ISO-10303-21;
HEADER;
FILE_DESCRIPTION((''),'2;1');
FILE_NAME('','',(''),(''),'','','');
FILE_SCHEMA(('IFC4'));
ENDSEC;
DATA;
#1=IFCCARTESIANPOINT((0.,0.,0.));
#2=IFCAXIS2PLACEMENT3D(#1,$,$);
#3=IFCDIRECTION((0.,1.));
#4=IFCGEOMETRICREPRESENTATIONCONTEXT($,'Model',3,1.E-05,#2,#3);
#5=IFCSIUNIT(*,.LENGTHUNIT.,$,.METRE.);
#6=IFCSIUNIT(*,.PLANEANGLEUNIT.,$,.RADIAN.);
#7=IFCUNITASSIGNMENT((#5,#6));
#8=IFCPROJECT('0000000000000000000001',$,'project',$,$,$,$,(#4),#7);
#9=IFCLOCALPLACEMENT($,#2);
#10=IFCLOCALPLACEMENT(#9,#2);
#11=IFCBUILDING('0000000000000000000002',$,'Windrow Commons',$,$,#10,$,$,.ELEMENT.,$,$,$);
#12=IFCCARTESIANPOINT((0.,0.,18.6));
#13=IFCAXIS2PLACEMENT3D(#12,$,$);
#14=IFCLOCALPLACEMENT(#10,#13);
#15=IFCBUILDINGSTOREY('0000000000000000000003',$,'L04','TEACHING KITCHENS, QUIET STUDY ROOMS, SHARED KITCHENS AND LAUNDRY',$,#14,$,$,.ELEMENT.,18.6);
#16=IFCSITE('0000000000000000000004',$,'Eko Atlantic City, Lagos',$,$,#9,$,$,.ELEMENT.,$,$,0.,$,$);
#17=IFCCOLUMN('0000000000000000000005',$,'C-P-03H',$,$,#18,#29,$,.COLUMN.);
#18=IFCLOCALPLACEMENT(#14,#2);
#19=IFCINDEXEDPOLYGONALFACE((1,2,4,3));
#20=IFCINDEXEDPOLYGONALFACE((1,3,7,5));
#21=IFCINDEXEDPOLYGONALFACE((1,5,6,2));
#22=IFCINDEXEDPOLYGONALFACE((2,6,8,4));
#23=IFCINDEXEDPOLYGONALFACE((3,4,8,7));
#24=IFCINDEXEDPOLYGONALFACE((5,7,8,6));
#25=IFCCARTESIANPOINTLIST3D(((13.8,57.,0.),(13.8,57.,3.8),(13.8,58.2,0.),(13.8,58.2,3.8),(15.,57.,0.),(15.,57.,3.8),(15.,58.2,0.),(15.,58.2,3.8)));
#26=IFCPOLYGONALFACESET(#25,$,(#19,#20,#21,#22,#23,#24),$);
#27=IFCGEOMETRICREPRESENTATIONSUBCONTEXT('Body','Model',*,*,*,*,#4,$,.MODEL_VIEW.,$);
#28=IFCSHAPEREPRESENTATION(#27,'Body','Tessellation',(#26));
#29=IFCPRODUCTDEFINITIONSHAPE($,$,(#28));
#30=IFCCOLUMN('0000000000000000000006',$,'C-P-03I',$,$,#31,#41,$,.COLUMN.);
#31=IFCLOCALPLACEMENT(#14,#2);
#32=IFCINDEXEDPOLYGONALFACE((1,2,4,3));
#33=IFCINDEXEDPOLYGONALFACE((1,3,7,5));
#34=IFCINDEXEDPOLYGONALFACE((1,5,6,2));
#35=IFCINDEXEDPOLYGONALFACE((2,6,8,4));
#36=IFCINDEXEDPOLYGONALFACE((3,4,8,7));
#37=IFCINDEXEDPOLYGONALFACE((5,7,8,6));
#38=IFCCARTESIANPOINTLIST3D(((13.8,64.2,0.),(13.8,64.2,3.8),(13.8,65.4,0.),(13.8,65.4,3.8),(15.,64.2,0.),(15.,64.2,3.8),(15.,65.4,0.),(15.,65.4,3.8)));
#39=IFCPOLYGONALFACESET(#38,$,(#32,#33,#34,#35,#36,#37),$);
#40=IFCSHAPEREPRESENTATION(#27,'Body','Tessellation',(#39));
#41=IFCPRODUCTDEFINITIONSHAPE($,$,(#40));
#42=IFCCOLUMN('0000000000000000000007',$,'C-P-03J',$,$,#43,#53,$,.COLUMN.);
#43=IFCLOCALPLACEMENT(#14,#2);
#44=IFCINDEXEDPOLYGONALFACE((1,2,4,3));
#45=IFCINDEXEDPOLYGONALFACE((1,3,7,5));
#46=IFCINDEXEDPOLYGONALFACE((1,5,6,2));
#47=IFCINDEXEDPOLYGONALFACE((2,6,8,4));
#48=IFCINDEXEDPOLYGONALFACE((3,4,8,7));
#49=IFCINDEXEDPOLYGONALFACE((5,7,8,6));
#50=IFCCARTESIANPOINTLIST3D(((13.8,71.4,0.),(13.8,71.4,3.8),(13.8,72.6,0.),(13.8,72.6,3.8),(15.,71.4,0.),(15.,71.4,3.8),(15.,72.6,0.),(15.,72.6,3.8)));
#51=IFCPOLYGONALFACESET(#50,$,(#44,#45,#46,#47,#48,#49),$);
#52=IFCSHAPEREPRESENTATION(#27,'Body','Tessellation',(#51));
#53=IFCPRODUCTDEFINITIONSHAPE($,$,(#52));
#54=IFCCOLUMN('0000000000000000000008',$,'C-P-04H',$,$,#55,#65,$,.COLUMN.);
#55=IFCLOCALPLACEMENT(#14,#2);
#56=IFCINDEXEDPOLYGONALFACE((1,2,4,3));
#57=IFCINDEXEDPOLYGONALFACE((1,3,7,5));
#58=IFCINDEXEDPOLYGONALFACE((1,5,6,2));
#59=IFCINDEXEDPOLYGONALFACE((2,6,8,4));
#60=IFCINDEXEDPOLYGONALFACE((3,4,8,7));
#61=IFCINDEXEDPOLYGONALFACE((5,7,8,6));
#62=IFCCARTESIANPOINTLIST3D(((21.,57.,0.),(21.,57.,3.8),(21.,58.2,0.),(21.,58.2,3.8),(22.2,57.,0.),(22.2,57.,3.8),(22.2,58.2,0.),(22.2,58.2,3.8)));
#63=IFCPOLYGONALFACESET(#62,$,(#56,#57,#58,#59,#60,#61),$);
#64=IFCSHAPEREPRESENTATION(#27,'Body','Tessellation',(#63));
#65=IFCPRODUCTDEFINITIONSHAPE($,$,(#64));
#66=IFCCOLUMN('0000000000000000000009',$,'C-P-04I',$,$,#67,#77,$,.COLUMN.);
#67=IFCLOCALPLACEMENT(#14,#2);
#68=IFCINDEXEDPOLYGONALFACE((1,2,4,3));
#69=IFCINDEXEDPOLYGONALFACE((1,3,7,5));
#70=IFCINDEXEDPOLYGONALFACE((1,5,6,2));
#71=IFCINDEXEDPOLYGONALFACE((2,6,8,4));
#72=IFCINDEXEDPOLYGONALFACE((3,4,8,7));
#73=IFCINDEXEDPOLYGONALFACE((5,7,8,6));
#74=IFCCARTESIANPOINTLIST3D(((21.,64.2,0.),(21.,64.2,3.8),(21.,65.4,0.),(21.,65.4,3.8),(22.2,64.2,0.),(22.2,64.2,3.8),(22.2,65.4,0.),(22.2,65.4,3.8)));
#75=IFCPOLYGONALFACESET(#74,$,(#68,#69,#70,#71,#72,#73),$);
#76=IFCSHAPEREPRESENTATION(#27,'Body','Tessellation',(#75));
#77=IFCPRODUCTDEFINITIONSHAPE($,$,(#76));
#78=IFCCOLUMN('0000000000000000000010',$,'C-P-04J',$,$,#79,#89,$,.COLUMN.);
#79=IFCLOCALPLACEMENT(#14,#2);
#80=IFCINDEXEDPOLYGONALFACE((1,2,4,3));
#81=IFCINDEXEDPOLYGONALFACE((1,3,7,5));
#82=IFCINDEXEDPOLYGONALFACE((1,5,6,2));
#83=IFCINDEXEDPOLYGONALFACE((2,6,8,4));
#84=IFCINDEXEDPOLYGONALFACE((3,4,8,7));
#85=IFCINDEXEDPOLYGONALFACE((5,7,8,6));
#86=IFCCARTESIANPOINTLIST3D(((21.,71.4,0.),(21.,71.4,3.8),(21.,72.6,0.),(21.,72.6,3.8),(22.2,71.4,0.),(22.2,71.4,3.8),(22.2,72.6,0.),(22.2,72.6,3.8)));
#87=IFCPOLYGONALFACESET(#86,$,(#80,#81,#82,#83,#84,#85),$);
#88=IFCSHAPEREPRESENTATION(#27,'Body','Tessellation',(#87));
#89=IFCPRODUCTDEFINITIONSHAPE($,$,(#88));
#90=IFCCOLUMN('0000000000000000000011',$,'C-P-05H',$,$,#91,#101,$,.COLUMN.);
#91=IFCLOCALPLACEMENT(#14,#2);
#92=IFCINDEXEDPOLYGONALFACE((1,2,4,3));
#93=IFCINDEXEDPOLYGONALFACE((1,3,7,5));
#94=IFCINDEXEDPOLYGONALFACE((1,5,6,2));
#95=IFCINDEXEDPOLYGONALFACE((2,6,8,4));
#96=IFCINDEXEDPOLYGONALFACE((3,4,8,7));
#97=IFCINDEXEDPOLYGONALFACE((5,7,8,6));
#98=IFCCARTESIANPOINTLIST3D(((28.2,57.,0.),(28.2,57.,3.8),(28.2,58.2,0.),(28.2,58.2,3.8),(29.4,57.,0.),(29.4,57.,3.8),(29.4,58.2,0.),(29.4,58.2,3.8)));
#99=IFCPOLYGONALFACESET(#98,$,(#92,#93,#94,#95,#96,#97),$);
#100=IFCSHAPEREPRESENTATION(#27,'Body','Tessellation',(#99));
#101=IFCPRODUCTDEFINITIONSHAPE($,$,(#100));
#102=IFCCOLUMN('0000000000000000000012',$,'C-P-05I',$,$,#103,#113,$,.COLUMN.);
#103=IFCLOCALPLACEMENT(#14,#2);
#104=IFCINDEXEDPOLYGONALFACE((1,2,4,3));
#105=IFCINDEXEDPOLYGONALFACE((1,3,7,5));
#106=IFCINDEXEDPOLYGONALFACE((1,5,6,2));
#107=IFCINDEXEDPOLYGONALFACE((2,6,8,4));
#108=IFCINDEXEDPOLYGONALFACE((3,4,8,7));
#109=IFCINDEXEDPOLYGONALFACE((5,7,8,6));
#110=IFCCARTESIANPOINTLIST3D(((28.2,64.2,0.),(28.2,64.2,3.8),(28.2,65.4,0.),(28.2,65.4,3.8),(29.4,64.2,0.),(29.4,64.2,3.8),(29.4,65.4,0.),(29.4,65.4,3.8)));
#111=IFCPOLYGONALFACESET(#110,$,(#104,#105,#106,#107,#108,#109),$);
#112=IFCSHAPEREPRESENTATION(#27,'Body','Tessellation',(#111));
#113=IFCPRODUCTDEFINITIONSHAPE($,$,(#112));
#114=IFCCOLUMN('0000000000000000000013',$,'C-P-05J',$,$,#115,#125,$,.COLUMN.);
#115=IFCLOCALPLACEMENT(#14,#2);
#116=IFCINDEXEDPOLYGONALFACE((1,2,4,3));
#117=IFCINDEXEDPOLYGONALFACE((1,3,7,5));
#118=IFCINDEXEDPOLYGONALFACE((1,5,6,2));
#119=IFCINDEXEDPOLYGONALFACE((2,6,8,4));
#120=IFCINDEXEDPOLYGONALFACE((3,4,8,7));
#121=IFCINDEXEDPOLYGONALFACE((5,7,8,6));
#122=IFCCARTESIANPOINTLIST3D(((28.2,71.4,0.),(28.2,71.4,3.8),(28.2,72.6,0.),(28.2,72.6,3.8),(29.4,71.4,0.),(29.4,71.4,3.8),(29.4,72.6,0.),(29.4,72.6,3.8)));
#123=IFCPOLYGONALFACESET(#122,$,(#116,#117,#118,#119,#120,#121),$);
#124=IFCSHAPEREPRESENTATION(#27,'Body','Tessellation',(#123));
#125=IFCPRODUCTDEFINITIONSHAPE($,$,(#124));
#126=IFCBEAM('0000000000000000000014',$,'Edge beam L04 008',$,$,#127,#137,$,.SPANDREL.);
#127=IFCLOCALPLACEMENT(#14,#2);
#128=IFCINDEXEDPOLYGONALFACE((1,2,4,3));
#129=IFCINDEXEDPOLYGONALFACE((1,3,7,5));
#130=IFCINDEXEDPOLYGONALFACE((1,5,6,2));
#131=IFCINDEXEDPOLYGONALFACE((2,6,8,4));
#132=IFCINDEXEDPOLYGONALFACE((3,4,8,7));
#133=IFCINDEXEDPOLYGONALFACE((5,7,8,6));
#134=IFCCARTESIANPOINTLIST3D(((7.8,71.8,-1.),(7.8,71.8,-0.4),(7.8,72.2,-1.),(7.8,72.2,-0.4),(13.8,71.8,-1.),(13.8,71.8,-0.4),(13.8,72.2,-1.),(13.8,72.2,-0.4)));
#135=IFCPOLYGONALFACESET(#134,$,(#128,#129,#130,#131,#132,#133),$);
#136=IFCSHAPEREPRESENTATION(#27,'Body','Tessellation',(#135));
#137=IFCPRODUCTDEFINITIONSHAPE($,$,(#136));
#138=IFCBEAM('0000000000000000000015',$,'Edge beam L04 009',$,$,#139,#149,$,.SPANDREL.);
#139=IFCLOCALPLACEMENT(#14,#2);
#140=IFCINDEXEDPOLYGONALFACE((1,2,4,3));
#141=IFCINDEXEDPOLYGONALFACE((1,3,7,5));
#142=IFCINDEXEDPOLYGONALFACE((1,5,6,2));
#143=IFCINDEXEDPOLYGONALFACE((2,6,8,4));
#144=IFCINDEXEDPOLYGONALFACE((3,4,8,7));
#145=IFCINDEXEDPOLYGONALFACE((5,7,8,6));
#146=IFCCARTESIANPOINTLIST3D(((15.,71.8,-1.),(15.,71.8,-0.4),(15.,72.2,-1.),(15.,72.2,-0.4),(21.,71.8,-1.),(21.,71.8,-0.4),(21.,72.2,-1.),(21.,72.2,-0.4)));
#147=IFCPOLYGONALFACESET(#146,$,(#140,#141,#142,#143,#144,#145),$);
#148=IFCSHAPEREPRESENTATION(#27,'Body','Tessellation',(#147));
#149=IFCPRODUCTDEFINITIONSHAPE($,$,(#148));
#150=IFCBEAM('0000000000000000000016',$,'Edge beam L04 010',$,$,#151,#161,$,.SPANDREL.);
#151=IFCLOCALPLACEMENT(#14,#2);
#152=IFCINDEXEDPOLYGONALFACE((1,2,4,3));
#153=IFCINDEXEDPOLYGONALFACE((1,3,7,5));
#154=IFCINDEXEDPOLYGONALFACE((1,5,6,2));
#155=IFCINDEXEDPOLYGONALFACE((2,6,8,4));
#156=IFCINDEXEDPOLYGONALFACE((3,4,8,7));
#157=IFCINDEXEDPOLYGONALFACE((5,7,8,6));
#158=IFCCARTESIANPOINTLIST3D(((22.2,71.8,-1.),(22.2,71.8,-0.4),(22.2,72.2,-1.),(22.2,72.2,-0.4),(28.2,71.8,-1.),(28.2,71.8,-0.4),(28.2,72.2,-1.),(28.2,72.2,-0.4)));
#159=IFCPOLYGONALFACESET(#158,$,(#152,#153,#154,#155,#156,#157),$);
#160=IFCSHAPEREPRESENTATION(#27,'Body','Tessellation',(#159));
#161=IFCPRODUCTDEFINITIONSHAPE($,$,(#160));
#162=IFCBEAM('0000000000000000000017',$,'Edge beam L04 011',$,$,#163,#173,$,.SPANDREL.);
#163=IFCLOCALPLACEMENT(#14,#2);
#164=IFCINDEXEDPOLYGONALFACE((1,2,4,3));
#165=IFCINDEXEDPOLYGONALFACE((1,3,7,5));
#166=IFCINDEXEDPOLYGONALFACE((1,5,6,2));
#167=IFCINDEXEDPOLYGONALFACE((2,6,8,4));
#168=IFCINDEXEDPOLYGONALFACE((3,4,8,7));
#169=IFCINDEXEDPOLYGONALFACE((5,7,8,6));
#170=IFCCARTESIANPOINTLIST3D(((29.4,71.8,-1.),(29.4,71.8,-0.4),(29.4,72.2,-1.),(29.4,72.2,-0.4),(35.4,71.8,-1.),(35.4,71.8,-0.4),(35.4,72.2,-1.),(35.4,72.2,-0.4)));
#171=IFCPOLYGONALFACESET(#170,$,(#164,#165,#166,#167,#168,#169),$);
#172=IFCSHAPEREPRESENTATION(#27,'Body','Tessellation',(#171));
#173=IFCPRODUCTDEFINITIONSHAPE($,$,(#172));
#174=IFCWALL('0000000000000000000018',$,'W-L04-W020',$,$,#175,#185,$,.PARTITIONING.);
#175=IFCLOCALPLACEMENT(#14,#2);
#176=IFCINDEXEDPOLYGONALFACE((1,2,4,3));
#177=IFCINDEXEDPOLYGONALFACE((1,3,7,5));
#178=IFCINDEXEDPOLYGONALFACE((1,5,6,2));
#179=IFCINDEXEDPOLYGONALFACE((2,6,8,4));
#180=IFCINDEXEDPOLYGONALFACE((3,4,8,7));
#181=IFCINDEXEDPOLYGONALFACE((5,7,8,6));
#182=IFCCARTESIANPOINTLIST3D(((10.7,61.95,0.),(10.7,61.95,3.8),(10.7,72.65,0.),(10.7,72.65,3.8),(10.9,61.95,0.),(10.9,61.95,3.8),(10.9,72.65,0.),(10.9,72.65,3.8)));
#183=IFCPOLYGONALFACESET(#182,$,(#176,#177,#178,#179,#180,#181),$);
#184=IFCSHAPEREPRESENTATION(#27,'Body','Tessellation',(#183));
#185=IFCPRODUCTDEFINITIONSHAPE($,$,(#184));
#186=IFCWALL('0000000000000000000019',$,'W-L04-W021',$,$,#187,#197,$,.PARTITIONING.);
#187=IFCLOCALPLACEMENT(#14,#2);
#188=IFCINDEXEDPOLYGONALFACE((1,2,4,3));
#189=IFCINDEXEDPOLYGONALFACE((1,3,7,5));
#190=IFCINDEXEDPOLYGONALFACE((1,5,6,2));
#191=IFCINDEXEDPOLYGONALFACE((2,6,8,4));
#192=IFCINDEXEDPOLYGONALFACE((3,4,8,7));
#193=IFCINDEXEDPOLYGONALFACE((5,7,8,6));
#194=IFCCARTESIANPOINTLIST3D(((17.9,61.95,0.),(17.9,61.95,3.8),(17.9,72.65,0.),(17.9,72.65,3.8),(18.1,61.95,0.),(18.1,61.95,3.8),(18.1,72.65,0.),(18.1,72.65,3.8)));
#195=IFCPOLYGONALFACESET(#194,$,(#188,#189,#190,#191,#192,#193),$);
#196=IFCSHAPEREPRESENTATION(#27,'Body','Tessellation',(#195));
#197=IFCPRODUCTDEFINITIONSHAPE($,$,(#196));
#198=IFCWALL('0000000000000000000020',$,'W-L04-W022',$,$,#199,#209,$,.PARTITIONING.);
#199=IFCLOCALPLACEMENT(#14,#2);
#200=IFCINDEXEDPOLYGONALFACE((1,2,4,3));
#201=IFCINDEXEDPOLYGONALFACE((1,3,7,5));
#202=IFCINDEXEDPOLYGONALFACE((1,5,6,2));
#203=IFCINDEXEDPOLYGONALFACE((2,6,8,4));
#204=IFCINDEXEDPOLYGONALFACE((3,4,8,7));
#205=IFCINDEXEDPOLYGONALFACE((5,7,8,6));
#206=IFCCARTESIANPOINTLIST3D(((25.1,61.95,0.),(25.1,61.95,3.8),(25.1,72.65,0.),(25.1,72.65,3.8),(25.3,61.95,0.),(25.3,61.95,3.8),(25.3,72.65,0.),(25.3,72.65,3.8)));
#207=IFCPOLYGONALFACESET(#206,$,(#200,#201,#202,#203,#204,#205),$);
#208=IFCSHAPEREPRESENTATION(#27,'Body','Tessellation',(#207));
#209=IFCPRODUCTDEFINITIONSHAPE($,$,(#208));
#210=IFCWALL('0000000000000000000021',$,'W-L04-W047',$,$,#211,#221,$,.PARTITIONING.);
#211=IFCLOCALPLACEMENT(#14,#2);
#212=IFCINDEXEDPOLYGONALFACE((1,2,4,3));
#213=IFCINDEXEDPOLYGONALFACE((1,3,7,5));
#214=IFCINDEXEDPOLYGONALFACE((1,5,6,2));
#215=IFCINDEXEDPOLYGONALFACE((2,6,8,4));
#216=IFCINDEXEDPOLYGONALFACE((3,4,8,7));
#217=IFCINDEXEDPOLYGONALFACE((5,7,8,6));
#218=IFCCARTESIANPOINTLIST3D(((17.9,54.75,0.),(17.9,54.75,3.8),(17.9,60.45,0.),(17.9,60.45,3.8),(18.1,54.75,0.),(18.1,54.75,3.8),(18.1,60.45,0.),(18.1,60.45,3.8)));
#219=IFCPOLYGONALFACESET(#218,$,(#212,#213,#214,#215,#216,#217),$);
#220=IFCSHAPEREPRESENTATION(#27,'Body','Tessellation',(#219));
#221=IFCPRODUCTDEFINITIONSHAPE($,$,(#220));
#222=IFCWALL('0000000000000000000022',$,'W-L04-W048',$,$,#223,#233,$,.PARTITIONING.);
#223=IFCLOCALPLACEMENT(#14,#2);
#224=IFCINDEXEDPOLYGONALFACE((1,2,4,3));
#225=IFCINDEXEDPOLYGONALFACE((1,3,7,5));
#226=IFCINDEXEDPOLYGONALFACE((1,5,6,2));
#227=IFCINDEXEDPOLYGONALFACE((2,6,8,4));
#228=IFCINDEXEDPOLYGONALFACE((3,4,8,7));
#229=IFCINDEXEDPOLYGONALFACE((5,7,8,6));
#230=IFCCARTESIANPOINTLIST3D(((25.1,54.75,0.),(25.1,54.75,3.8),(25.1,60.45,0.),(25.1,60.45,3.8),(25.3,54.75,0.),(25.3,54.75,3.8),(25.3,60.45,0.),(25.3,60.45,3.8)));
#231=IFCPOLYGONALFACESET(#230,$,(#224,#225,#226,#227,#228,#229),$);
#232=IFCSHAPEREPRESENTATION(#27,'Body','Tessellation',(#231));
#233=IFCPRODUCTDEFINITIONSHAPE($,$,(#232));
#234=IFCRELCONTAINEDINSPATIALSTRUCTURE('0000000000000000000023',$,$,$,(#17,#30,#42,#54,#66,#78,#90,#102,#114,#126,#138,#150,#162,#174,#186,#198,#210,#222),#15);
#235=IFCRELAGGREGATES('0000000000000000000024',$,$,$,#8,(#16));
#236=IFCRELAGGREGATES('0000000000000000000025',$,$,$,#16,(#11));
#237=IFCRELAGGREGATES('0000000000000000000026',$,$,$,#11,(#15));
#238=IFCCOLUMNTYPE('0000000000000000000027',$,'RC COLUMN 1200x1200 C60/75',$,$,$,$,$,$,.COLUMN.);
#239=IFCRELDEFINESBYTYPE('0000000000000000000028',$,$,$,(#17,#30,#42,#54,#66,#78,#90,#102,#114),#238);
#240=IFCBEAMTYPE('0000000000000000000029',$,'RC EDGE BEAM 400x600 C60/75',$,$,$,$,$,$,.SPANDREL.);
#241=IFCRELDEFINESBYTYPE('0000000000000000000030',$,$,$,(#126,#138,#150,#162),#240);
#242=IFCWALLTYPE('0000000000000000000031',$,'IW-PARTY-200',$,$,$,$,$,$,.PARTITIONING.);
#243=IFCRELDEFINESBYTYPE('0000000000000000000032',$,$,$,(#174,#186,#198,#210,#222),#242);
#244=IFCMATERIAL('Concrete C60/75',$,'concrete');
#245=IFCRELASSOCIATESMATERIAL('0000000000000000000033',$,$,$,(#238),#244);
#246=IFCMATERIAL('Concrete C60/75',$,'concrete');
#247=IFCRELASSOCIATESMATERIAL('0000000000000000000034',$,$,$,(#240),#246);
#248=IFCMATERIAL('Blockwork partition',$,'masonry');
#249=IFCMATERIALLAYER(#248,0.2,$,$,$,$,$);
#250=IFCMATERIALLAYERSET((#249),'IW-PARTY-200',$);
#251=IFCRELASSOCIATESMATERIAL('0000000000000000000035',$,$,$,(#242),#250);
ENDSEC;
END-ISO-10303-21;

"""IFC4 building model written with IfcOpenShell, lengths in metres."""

from ifc_helpers import new_model, si_unit, direction, frame, frame_2d, origin, origin_2d, place, context, subcontext, project, spatial, rectangle, extrude, material, layer, layer_set, material_profile, profile_set, type_object, element, save


model = new_model("IFC4")

# Units and contexts
model_context = context("Model", 3, precision=1e-05, world=origin(), true_north=direction((0.0, 1.0)))
body_context = subcontext(model_context, "Body", "Model", "MODEL_VIEW")
ifc_project = project(units=[si_unit("LENGTHUNIT", "METRE"), si_unit("PLANEANGLEUNIT", "RADIAN")], contexts=[model_context])

# Site, building, storey
site_placement = place(None, origin())
site = spatial("IfcSite", under=ifc_project, at=site_placement, Name="Eko Atlantic City, Lagos", CompositionType="ELEMENT", RefElevation=0.0)
building_placement = place(site_placement, origin())
building = spatial("IfcBuilding", under=site, at=building_placement, Name="Windrow Commons", CompositionType="ELEMENT")
storey_placement = place(building_placement, frame((0.0, 0.0, 18.6)))
storey = spatial("IfcBuildingStorey", under=building, at=storey_placement, Name="L04", Description="TEACHING KITCHENS, QUIET STUDY ROOMS, SHARED KITCHENS AND LAUNDRY", CompositionType="ELEMENT", Elevation=18.6)

# Columns
ifc_material_1 = material(Name="Concrete C60/75", Category="concrete")
ifc_material_profile_1 = material_profile(ifc_material_1, rectangle(XDim=1.2, YDim=1.2, at=origin_2d()))
ifc_profile_set_1 = profile_set([ifc_material_profile_1], Name="Concrete C60/75")
column_type = type_object("IfcColumnType", Name="RC COLUMN 1200x1200 C60/75", PredefinedType="COLUMN", material=ifc_profile_set_1)
for number, where, z_axis, x_axis, name in (
    (1, (14.4, 57.6, 0.0), (0.0, 0.0, 1.0), (1.0, 0.0, 0.0), "C-P-03H"),
    (2, (14.4, 64.8, 0.0), (0.0, 0.0, 1.0), (1.0, 0.0, 0.0), "C-P-03I"),
    (3, (14.4, 72.0, 0.0), (0.0, 0.0, 1.0), (1.0, 0.0, 0.0), "C-P-03J"),
    (4, (21.6, 57.6, 0.0), (0.0, 0.0, 1.0), (1.0, 0.0, 0.0), "C-P-04H"),
    (5, (21.6, 64.8, 0.0), (0.0, 0.0, 1.0), (1.0, 0.0, 0.0), "C-P-04I"),
    (6, (21.6, 72.0, 0.0), (0.0, 0.0, 1.0), (1.0, 0.0, 0.0), "C-P-04J"),
    (7, (28.8, 57.6, 0.0), (0.0, 0.0, 1.0), (1.0, 0.0, 0.0), "C-P-05H"),
    (8, (28.8, 64.8, 0.0), (0.0, 0.0, 1.0), (1.0, 0.0, 0.0), "C-P-05I"),
    (9, (28.8, 72.0, 0.0), (0.0, 0.0, 1.0), (1.0, 0.0, 0.0), "C-P-05J"),
):
    element("IfcColumn", number, at=place(storey_placement, frame(where, z_axis=z_axis, x_axis=x_axis)), inside=storey, type_object=column_type, Name=name, PredefinedType="COLUMN", context=body_context, shape_type="SweptSolid", body=[
        extrude(rectangle(XDim=1.2, YDim=1.2, at=origin_2d()), origin(), (0.0, 0.0, 1.0), 3.8),
    ])

# Beams
ifc_material_2 = material(Name="Concrete C60/75", Category="concrete")
ifc_material_profile_2 = material_profile(ifc_material_2, rectangle(XDim=0.4, YDim=0.6, at=origin_2d()))
ifc_profile_set_2 = profile_set([ifc_material_profile_2], Name="Concrete C60/75")
beam_type = type_object("IfcBeamType", Name="RC EDGE BEAM 400x600 C60/75", PredefinedType="SPANDREL", material=ifc_profile_set_2)
for number, where, z_axis, x_axis, name in (
    (10, (7.8, 72.0, -0.7), (1.0, 0.0, 0.0), (0.0, 1.0, 0.0), "Edge beam L04 008"),
    (11, (15.0, 72.0, -0.7), (1.0, 0.0, 0.0), (0.0, 1.0, 0.0), "Edge beam L04 009"),
    (12, (22.2, 72.0, -0.7), (1.0, 0.0, 0.0), (0.0, 1.0, 0.0), "Edge beam L04 010"),
    (13, (29.4, 72.0, -0.7), (1.0, 0.0, 0.0), (0.0, 1.0, 0.0), "Edge beam L04 011"),
):
    element("IfcBeam", number, at=place(storey_placement, frame(where, z_axis=z_axis, x_axis=x_axis)), inside=storey, type_object=beam_type, Name=name, PredefinedType="SPANDREL", context=body_context, shape_type="SweptSolid", body=[
        extrude(rectangle(XDim=0.4, YDim=0.6, at=origin_2d()), origin(), (0.0, 0.0, 1.0), 6.0),
    ])

# Walls
ifc_material_3 = material(Name="Blockwork partition", Category="masonry")
ifc_layer = layer(ifc_material_3, 0.2)
ifc_layer_set = layer_set([ifc_layer], Name="IW-PARTY-200")
wall_type = type_object("IfcWallType", Name="IW-PARTY-200", PredefinedType="PARTITIONING", material=ifc_layer_set)
for number, where, z_axis, x_axis, name in (
    (14, (10.8, 61.95, 0.0), (0.0, 0.0, 1.0), (0.0, 1.0, 0.0), "W-L04-W020"),
    (15, (18.0, 61.95, 0.0), (0.0, 0.0, 1.0), (0.0, 1.0, 0.0), "W-L04-W021"),
    (16, (25.2, 61.95, 0.0), (0.0, 0.0, 1.0), (0.0, 1.0, 0.0), "W-L04-W022"),
):
    element("IfcWall", number, at=place(storey_placement, frame(where, z_axis=z_axis, x_axis=x_axis)), inside=storey, type_object=wall_type, Name=name, PredefinedType="PARTITIONING", context=body_context, shape_type="SweptSolid", body=[
        extrude(rectangle(XDim=10.7, YDim=0.2, at=frame_2d((5.35, 0.0))), origin(), (0.0, 0.0, 1.0), 3.8),
    ])
for number, where, z_axis, x_axis, name in (
    (17, (18.0, 54.75, 0.0), (0.0, 0.0, 1.0), (0.0, 1.0, 0.0), "W-L04-W047"),
    (18, (25.2, 54.75, 0.0), (0.0, 0.0, 1.0), (0.0, 1.0, 0.0), "W-L04-W048"),
):
    element("IfcWall", number, at=place(storey_placement, frame(where, z_axis=z_axis, x_axis=x_axis)), inside=storey, type_object=wall_type, Name=name, PredefinedType="PARTITIONING", context=body_context, shape_type="SweptSolid", body=[
        extrude(rectangle(XDim=5.7, YDim=0.2, at=frame_2d((2.85, 0.0))), origin(), (0.0, 0.0, 1.0), 3.8),
    ])

save(model, "model.ifc")
